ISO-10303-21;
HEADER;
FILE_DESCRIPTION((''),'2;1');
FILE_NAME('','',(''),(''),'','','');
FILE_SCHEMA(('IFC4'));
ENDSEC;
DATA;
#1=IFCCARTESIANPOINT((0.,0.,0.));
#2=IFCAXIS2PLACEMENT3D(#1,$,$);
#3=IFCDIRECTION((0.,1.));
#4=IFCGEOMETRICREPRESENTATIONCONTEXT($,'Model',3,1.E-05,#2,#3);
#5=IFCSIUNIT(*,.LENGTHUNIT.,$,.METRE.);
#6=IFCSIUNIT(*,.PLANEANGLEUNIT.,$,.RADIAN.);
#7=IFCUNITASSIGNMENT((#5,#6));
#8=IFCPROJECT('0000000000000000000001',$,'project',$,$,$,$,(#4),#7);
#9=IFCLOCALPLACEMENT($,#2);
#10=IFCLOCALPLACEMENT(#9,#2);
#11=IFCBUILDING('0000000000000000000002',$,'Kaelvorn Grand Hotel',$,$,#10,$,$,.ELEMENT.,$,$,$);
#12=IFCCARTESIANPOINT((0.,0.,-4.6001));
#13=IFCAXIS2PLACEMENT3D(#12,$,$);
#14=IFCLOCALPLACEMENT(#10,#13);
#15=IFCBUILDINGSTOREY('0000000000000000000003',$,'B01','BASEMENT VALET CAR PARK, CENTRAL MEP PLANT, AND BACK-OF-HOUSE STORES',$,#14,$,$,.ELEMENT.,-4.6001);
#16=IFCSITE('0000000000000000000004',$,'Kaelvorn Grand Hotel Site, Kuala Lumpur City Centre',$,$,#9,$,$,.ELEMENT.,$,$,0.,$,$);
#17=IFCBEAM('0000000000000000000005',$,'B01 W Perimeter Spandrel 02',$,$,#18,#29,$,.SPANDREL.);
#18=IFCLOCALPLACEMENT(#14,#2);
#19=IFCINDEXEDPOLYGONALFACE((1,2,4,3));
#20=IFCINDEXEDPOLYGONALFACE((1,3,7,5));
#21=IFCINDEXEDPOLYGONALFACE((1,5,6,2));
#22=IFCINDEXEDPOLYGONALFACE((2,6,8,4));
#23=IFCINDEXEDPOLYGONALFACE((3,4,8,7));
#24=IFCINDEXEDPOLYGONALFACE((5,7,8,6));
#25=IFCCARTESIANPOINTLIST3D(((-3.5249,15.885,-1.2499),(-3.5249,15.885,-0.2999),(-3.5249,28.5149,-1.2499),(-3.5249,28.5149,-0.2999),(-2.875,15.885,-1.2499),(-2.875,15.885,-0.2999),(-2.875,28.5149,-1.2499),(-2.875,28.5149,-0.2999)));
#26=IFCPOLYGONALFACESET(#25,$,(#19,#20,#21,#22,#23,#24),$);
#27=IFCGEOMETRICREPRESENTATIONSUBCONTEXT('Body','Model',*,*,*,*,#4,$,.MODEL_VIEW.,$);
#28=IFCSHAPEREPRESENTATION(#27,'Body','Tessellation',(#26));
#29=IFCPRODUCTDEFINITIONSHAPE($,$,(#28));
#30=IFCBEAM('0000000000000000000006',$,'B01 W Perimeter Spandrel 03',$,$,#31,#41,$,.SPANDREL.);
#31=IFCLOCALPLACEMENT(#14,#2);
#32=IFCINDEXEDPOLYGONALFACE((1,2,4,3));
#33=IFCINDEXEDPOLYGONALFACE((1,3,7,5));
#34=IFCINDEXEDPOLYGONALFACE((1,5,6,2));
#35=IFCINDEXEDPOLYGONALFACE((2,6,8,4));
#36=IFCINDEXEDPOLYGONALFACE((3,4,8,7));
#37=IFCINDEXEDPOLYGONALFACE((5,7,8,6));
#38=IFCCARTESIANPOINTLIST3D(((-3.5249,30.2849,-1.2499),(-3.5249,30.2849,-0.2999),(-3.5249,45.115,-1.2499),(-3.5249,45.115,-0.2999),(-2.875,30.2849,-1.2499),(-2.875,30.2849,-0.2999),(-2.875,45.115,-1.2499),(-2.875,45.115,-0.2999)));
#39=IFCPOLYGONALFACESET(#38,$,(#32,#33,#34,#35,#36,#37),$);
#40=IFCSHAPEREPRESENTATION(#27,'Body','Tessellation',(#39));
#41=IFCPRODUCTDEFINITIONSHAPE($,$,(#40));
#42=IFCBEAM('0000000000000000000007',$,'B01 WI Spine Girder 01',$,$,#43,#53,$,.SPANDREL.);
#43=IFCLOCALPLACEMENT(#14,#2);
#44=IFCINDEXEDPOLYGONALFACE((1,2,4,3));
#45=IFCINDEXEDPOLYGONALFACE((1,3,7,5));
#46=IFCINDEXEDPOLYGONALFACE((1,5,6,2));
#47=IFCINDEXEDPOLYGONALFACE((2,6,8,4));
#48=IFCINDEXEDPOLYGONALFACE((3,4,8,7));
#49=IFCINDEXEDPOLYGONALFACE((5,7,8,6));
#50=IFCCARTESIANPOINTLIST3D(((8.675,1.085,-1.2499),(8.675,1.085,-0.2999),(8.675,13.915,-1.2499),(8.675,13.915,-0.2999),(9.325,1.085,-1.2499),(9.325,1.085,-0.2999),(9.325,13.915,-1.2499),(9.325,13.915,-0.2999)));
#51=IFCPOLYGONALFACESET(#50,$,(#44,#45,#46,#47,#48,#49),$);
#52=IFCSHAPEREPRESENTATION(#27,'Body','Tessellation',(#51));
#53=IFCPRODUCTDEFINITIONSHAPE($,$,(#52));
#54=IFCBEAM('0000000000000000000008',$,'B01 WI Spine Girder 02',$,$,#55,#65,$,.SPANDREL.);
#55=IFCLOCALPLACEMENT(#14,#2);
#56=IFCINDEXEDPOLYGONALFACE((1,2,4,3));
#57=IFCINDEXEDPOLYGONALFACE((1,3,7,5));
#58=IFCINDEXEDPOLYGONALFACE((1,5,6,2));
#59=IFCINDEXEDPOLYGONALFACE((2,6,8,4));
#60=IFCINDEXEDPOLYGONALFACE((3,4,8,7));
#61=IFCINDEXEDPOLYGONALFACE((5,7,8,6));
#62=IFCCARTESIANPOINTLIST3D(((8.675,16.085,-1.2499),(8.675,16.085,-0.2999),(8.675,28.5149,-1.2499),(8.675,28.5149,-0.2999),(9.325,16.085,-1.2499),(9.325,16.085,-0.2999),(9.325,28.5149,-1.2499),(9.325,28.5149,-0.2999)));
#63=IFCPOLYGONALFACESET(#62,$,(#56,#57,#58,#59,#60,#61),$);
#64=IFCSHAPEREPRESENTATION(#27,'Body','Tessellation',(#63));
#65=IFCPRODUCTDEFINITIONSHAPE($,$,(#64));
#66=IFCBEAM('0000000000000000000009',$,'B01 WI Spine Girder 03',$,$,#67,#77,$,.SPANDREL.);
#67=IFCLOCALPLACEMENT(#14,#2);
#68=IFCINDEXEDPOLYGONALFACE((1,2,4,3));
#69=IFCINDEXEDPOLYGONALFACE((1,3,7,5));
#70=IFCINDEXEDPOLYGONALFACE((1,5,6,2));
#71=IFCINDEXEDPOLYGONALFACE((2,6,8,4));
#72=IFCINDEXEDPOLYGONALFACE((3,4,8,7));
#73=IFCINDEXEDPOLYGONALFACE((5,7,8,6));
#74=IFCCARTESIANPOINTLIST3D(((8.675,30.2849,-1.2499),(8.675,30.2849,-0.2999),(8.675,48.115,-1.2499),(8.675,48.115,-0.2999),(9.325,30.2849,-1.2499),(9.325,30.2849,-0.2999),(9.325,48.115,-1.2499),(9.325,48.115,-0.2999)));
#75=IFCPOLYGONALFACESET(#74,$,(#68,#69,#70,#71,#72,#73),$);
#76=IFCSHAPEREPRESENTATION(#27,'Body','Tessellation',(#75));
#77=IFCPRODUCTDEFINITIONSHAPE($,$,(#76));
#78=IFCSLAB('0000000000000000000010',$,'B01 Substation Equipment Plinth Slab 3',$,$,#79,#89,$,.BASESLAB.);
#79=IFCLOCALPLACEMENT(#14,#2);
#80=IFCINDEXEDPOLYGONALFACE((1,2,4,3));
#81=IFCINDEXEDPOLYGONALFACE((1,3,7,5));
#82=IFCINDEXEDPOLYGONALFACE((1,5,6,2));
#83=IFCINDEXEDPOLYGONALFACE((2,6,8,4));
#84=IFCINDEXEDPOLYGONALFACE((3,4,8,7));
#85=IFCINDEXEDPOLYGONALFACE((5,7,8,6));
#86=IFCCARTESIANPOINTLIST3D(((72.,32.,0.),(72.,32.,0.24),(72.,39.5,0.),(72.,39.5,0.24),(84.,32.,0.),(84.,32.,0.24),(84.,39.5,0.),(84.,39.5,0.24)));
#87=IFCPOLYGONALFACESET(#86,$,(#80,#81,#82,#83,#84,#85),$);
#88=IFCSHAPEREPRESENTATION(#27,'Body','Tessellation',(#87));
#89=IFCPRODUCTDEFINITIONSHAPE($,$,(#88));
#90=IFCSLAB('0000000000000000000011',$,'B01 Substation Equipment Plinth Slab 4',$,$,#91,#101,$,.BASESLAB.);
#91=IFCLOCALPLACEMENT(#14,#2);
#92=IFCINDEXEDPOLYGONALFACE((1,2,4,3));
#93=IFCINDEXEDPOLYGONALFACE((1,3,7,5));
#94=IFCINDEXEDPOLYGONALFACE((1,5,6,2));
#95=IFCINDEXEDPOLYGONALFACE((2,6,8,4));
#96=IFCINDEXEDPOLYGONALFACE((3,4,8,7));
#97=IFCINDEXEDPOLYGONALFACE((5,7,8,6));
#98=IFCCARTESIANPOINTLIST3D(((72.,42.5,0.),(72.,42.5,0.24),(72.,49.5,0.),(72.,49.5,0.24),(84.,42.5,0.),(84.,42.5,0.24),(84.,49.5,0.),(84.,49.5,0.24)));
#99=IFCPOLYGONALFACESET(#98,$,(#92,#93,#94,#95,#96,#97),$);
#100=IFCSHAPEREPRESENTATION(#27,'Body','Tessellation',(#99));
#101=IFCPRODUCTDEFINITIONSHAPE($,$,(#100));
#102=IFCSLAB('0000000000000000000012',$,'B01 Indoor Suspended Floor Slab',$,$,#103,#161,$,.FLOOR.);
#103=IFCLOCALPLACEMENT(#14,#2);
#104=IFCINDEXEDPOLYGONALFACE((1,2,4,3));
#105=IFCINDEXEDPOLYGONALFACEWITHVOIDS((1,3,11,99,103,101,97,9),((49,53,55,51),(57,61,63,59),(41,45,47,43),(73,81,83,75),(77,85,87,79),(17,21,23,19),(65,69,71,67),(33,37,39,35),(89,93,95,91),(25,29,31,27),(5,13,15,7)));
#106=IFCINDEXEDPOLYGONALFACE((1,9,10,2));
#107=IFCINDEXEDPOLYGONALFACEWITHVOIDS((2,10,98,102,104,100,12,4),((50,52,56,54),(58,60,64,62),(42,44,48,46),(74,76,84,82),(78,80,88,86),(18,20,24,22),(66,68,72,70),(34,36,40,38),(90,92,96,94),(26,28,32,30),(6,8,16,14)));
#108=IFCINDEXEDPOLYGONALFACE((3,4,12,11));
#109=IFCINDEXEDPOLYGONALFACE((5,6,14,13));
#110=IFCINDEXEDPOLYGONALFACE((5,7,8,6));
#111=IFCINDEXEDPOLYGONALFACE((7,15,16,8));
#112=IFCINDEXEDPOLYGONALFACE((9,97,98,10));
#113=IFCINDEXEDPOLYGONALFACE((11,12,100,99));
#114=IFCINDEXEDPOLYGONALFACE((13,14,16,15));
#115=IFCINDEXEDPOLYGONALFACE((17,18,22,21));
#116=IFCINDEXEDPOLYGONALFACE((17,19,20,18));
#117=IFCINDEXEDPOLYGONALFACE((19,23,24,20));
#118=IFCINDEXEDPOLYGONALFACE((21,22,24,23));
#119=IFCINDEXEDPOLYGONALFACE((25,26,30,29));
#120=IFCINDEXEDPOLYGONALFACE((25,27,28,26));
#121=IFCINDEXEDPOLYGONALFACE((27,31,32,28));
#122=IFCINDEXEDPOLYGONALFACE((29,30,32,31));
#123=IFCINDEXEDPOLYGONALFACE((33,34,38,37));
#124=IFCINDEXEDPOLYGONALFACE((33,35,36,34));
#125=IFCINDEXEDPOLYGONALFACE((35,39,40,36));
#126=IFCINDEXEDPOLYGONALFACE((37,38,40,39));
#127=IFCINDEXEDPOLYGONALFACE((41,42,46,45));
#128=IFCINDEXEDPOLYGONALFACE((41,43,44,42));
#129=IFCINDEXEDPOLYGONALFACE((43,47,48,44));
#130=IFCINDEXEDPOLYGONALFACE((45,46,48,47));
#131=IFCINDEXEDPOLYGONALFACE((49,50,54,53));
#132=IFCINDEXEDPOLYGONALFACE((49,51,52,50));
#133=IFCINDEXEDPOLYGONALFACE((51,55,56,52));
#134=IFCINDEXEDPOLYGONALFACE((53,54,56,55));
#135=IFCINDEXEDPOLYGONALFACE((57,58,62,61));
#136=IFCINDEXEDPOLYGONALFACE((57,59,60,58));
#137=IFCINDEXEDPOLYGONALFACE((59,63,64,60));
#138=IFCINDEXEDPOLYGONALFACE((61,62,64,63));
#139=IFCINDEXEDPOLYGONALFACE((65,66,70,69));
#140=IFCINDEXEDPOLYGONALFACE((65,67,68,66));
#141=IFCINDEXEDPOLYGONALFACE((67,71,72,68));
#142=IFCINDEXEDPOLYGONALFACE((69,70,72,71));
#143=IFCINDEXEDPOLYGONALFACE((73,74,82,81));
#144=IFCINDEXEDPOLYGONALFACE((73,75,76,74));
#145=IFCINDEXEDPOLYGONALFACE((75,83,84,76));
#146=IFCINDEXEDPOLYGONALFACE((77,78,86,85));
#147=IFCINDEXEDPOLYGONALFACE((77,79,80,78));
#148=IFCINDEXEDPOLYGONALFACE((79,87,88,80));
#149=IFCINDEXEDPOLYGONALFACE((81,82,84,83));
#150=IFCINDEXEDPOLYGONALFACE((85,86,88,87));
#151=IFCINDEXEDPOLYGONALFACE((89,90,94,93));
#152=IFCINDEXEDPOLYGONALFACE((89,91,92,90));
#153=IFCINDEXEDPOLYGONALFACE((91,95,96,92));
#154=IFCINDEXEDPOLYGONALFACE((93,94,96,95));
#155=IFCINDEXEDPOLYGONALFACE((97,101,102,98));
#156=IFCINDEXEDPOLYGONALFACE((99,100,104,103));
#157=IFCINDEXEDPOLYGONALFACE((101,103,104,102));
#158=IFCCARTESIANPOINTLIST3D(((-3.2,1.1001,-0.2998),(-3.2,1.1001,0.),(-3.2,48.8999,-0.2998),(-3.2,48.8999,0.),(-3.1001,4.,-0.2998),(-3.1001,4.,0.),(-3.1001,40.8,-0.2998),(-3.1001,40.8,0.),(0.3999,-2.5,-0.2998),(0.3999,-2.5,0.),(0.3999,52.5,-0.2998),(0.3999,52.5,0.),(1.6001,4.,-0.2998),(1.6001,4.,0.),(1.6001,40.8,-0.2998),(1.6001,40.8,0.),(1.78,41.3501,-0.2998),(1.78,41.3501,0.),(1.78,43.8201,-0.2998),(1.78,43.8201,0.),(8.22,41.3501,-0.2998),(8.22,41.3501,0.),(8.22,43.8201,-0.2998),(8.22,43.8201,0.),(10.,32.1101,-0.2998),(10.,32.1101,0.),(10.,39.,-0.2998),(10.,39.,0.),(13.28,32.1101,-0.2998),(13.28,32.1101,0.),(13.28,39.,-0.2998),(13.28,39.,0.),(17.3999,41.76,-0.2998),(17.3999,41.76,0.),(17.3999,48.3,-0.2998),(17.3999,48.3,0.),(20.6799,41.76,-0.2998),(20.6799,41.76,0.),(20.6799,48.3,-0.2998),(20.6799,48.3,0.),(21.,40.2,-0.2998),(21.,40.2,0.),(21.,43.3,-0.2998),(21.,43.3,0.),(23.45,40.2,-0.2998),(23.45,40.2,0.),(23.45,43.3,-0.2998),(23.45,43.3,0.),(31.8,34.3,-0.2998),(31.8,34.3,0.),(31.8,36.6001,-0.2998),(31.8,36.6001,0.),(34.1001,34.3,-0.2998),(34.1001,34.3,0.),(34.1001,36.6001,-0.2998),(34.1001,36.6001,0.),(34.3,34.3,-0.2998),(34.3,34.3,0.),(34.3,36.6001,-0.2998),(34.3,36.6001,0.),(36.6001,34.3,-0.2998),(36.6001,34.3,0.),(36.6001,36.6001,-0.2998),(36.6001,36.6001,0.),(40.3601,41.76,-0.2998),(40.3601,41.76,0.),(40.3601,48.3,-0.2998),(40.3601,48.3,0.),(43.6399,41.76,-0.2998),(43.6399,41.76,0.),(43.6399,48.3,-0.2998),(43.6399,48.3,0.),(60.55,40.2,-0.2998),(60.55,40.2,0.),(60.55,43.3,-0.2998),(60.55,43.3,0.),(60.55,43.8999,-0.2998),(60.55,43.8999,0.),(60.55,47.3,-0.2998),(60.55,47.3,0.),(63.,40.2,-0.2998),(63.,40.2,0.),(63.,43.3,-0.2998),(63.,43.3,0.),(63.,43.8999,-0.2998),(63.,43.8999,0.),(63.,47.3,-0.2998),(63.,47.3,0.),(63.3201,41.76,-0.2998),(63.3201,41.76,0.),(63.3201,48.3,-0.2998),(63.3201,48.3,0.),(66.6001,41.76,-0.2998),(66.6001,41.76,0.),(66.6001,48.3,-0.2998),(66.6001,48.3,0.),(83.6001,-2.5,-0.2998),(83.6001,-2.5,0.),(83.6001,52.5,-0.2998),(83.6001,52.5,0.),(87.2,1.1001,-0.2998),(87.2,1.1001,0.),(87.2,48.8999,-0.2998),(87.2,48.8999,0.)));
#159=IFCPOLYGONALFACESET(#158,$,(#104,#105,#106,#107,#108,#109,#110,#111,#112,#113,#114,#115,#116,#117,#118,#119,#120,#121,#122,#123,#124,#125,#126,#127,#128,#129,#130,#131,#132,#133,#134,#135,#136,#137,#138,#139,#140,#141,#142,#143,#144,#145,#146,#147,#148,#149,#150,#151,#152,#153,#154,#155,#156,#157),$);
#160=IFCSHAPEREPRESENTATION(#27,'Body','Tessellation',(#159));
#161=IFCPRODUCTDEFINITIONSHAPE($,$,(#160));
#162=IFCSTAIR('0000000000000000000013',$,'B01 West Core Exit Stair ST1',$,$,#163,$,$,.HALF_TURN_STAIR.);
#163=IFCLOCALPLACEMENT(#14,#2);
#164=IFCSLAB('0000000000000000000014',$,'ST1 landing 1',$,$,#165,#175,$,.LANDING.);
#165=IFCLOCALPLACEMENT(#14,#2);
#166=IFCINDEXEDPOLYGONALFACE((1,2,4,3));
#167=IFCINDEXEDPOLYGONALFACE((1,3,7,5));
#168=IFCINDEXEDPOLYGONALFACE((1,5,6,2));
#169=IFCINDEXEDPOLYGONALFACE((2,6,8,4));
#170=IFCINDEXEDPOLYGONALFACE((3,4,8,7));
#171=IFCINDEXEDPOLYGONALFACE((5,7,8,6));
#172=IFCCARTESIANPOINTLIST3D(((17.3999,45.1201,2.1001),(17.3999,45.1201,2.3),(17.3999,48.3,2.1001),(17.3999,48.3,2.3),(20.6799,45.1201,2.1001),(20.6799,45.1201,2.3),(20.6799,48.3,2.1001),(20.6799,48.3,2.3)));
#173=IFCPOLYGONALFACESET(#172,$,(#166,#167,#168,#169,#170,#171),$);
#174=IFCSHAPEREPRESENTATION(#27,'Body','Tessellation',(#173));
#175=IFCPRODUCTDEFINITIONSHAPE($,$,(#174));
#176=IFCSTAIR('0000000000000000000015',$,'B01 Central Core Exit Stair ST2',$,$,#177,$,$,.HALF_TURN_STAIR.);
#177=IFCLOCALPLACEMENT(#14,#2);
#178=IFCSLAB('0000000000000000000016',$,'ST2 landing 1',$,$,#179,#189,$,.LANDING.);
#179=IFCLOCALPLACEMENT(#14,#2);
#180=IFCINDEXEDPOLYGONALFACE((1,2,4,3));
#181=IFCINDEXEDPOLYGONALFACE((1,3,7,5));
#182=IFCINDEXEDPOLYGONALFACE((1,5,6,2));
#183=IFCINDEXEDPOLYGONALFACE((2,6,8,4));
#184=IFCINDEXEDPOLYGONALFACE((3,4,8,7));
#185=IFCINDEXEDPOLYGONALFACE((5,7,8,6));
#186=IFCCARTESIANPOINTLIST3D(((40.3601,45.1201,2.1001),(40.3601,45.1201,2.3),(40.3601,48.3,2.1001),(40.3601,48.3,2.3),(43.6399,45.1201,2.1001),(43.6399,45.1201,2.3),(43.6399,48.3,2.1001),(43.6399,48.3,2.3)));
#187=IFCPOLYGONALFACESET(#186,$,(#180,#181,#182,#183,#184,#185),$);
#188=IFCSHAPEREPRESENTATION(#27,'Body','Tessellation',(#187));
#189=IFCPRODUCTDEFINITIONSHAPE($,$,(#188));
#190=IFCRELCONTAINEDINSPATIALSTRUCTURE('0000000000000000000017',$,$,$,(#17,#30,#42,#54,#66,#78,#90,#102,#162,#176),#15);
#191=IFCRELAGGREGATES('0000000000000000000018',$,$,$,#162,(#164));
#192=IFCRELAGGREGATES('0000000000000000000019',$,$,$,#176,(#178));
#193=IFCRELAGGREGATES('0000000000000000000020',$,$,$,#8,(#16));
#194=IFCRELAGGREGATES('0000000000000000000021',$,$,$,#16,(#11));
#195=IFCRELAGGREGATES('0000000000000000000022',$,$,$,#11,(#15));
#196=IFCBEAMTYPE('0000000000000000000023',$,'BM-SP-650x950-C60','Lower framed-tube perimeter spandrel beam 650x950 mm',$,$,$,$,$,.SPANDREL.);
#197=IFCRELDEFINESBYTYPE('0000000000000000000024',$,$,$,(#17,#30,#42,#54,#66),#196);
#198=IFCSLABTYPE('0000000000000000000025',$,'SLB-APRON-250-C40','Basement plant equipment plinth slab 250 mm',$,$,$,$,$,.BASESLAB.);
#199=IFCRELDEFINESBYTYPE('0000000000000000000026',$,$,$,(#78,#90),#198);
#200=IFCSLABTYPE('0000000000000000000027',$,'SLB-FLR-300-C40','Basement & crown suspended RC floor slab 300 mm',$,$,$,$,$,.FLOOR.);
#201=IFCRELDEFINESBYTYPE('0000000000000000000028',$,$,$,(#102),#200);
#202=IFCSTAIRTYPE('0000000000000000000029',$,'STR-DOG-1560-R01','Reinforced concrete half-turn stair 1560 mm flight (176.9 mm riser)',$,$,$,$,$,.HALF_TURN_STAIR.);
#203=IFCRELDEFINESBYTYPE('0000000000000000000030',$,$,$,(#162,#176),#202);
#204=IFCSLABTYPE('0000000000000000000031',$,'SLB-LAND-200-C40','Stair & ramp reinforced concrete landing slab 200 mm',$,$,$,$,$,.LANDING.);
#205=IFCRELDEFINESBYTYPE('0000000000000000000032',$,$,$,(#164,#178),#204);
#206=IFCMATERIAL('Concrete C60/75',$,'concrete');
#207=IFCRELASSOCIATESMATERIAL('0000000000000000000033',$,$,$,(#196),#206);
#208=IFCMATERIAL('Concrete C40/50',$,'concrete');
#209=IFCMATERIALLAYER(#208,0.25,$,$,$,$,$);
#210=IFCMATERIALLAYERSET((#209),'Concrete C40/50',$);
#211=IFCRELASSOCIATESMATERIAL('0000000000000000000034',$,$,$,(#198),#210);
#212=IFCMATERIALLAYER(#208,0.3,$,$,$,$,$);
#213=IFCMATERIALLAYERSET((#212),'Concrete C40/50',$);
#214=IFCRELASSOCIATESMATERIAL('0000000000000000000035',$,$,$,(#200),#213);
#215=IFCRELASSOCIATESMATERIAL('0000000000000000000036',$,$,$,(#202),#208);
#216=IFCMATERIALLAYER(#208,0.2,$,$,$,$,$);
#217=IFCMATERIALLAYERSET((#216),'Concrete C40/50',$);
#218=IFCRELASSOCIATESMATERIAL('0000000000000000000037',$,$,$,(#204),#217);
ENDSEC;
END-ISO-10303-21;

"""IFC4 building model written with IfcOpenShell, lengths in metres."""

from ifc_helpers import new_model, si_unit, direction, frame, origin, origin_2d, place, context, subcontext, project, spatial, polyline, rectangle, outline, extrude, material, layer, layer_set, material_profile, profile_set, type_object, element, aggregate, save


model = new_model("IFC4")

# Units and contexts
model_context = context("Model", 3, precision=1e-05, world=origin(), true_north=direction((0.0, 1.0)))
body_context = subcontext(model_context, "Body", "Model", "MODEL_VIEW")
ifc_project = project(units=[si_unit("LENGTHUNIT", "METRE"), si_unit("PLANEANGLEUNIT", "RADIAN")], contexts=[model_context])

# Site, building, storey
site_placement = place(None, origin())
site = spatial("IfcSite", under=ifc_project, at=site_placement, Name="Kaelvorn Grand Hotel Site, Kuala Lumpur City Centre", CompositionType="ELEMENT", RefElevation=0.0)
building_placement = place(site_placement, origin())
building = spatial("IfcBuilding", under=site, at=building_placement, Name="Kaelvorn Grand Hotel", CompositionType="ELEMENT")
storey_placement = place(building_placement, frame((0.0, 0.0, -4.6001)))
storey = spatial("IfcBuildingStorey", under=building, at=storey_placement, Name="B01", Description="BASEMENT VALET CAR PARK, CENTRAL MEP PLANT, AND BACK-OF-HOUSE STORES", CompositionType="ELEMENT", Elevation=-4.6001)

# Beams
ifc_material_1 = material(Name="Concrete C60/75", Category="concrete")
ifc_material_profile_1 = material_profile(ifc_material_1, rectangle(XDim=0.6499, YDim=0.95, at=origin_2d()), Name="RC SPANDREL 650x950")
ifc_profile_set_1 = profile_set([ifc_material_profile_1], Name="Concrete C60/75")
beam_type_1 = type_object("IfcBeamType", Name="BM-SP-650x950-C60", Description="Lower framed-tube perimeter spandrel beam 650x950 mm", PredefinedType="SPANDREL", material=ifc_profile_set_1)
beam_1_placement = place(storey_placement, frame((-3.2, 15.885, -0.7749), z_axis=(0.0, 1.0, 0.0), x_axis=(-1.0, 0.0, 0.0)))
element("IfcBeam", 1, at=beam_1_placement, inside=storey, type_object=beam_type_1, Name="B01 W Perimeter Spandrel 02", PredefinedType="SPANDREL", context=body_context, shape_type="SweptSolid", body=[
    extrude(rectangle(XDim=0.6499, YDim=0.95, at=origin_2d()), origin(), (0.0, 0.0, 1.0), 12.6299),
])
beam_2_placement = place(storey_placement, frame((-3.2, 30.2849, -0.7749), z_axis=(0.0, 1.0, 0.0), x_axis=(-1.0, 0.0, 0.0)))
element("IfcBeam", 2, at=beam_2_placement, inside=storey, type_object=beam_type_1, Name="B01 W Perimeter Spandrel 03", PredefinedType="SPANDREL", context=body_context, shape_type="SweptSolid", body=[
    extrude(rectangle(XDim=0.6499, YDim=0.95, at=origin_2d()), origin(), (0.0, 0.0, 1.0), 14.8301),
])
beam_3_placement = place(storey_placement, frame((9.0, 1.085, -0.7749), z_axis=(0.0, 1.0, 0.0), x_axis=(-1.0, 0.0, 0.0)))
element("IfcBeam", 3, at=beam_3_placement, inside=storey, type_object=beam_type_1, Name="B01 WI Spine Girder 01", PredefinedType="SPANDREL", context=body_context, shape_type="SweptSolid", body=[
    extrude(rectangle(XDim=0.6499, YDim=0.95, at=origin_2d()), origin(), (0.0, 0.0, 1.0), 12.8301),
])
beam_4_placement = place(storey_placement, frame((9.0, 16.085, -0.7749), z_axis=(0.0, 1.0, 0.0), x_axis=(-1.0, 0.0, 0.0)))
element("IfcBeam", 4, at=beam_4_placement, inside=storey, type_object=beam_type_1, Name="B01 WI Spine Girder 02", PredefinedType="SPANDREL", context=body_context, shape_type="SweptSolid", body=[
    extrude(rectangle(XDim=0.6499, YDim=0.95, at=origin_2d()), origin(), (0.0, 0.0, 1.0), 12.4299),
])
beam_5_placement = place(storey_placement, frame((9.0, 30.2849, -0.7749), z_axis=(0.0, 1.0, 0.0), x_axis=(-1.0, 0.0, 0.0)))
element("IfcBeam", 5, at=beam_5_placement, inside=storey, type_object=beam_type_1, Name="B01 WI Spine Girder 03", PredefinedType="SPANDREL", context=body_context, shape_type="SweptSolid", body=[
    extrude(rectangle(XDim=0.6499, YDim=0.95, at=origin_2d()), origin(), (0.0, 0.0, 1.0), 17.8301),
])

# Slabs
ifc_material_2 = material(Name="Concrete C40/50", Category="concrete")
ifc_layer_1 = layer(ifc_material_2, 0.25)
ifc_layer_set_1 = layer_set([ifc_layer_1], Name="Concrete C40/50")
slab_type_1 = type_object("IfcSlabType", Name="SLB-APRON-250-C40", Description="Basement plant equipment plinth slab 250 mm", PredefinedType="BASESLAB", material=ifc_layer_set_1)
slab_1_placement = place(storey_placement, origin())
element("IfcSlab", 6, at=slab_1_placement, inside=storey, type_object=slab_type_1, Name="B01 Substation Equipment Plinth Slab 3", PredefinedType="BASESLAB", context=body_context, shape_type="SweptSolid", body=[
    extrude(outline(polyline([(72.0, 32.0), (84.0, 32.0), (84.0, 39.5), (72.0, 39.5), (72.0, 32.0)])), origin(), (0.0, 0.0, 1.0), 0.24),
])
slab_2_placement = place(storey_placement, origin())
element("IfcSlab", 7, at=slab_2_placement, inside=storey, type_object=slab_type_1, Name="B01 Substation Equipment Plinth Slab 4", PredefinedType="BASESLAB", context=body_context, shape_type="SweptSolid", body=[
    extrude(outline(polyline([(72.0, 42.5), (84.0, 42.5), (84.0, 49.5), (72.0, 49.5), (72.0, 42.5)])), origin(), (0.0, 0.0, 1.0), 0.24),
])
ifc_layer_2 = layer(ifc_material_2, 0.3)
ifc_layer_set_2 = layer_set([ifc_layer_2], Name="Concrete C40/50")
slab_type_2 = type_object("IfcSlabType", Name="SLB-FLR-300-C40", Description="Basement & crown suspended RC floor slab 300 mm", PredefinedType="FLOOR", material=ifc_layer_set_2)
slab_3_placement = place(storey_placement, frame((0.0, 0.0, -0.2998)))
element("IfcSlab", 8, at=slab_3_placement, inside=storey, type_object=slab_type_2, Name="B01 Indoor Suspended Floor Slab", PredefinedType="FLOOR", context=body_context, shape_type="SweptSolid", body=[
    extrude(outline(polyline([(0.3999, -2.5), (83.6001, -2.5), (87.2, 1.1001), (87.2, 48.8999), (83.6001, 52.5), (0.3999, 52.5), (-3.2, 48.8999), (-3.2, 1.1001), (0.3999, -2.5)]), holes=[polyline([(17.3999, 41.76), (17.3999, 48.3), (20.6799, 48.3), (20.6799, 41.76), (17.3999, 41.76)]), polyline([(40.3601, 41.76), (40.3601, 48.3), (43.6399, 48.3), (43.6399, 41.76), (40.3601, 41.76)]), polyline([(63.3201, 41.76), (63.3201, 48.3), (66.6001, 48.3), (66.6001, 41.76), (63.3201, 41.76)]), polyline([(10.0, 32.1101), (10.0, 39.0), (13.28, 39.0), (13.28, 32.1101), (10.0, 32.1101)]), polyline([(31.8, 34.3), (31.8, 36.6001), (34.1001, 36.6001), (34.1001, 34.3), (31.8, 34.3)]), polyline([(34.3, 34.3), (34.3, 36.6001), (36.6001, 36.6001), (36.6001, 34.3), (34.3, 34.3)]), polyline([(21.0, 40.2), (21.0, 43.3), (23.45, 43.3), (23.45, 40.2), (21.0, 40.2)]), polyline([(60.55, 40.2), (60.55, 43.3), (63.0, 43.3), (63.0, 40.2), (60.55, 40.2)]), polyline([(60.55, 43.8999), (60.55, 47.3), (63.0, 47.3), (63.0, 43.8999), (60.55, 43.8999)]), polyline([(-3.1001, 4.0), (-3.1001, 40.8), (1.6001, 40.8), (1.6001, 4.0), (-3.1001, 4.0)]), polyline([(1.78, 41.3501), (1.78, 43.8201), (8.22, 43.8201), (8.22, 41.3501), (1.78, 41.3501)])]), origin(), (0.0, 0.0, 1.0), 0.2998),
])

# Stairs, slabs
stair_type = type_object("IfcStairType", Name="STR-DOG-1560-R01", Description="Reinforced concrete half-turn stair 1560 mm flight (176.9 mm riser)", PredefinedType="HALF_TURN_STAIR", material=ifc_material_2)
stair_1_placement = place(storey_placement, origin())
stair_1 = element("IfcStair", 9, at=stair_1_placement, inside=storey, type_object=stair_type, Name="B01 West Core Exit Stair ST1", PredefinedType="HALF_TURN_STAIR")
ifc_layer_3 = layer(ifc_material_2, 0.2)
ifc_layer_set_3 = layer_set([ifc_layer_3], Name="Concrete C40/50")
slab_type_3 = type_object("IfcSlabType", Name="SLB-LAND-200-C40", Description="Stair & ramp reinforced concrete landing slab 200 mm", PredefinedType="LANDING", material=ifc_layer_set_3)
slab_4_placement = place(storey_placement, frame((0.0, 0.0, 2.1001)))
slab_4 = element("IfcSlab", 10, at=slab_4_placement, type_object=slab_type_3, Name="ST1 landing 1", PredefinedType="LANDING", context=body_context, shape_type="SweptSolid", body=[
    extrude(outline(polyline([(20.6799, 45.1201), (20.6799, 48.3), (17.3999, 48.3), (17.3999, 45.1201), (20.6799, 45.1201)])), origin(), (0.0, 0.0, 1.0), 0.2),
])
aggregate(stair_1, [slab_4])
stair_2_placement = place(storey_placement, origin())
stair_2 = element("IfcStair", 11, at=stair_2_placement, inside=storey, type_object=stair_type, Name="B01 Central Core Exit Stair ST2", PredefinedType="HALF_TURN_STAIR")
slab_5_placement = place(storey_placement, frame((0.0, 0.0, 2.1001)))
slab_5 = element("IfcSlab", 12, at=slab_5_placement, type_object=slab_type_3, Name="ST2 landing 1", PredefinedType="LANDING", context=body_context, shape_type="SweptSolid", body=[
    extrude(outline(polyline([(43.6399, 45.1201), (43.6399, 48.3), (40.3601, 48.3), (40.3601, 45.1201), (43.6399, 45.1201)])), origin(), (0.0, 0.0, 1.0), 0.2),
])
aggregate(stair_2, [slab_5])

save(model, "model.ifc")
